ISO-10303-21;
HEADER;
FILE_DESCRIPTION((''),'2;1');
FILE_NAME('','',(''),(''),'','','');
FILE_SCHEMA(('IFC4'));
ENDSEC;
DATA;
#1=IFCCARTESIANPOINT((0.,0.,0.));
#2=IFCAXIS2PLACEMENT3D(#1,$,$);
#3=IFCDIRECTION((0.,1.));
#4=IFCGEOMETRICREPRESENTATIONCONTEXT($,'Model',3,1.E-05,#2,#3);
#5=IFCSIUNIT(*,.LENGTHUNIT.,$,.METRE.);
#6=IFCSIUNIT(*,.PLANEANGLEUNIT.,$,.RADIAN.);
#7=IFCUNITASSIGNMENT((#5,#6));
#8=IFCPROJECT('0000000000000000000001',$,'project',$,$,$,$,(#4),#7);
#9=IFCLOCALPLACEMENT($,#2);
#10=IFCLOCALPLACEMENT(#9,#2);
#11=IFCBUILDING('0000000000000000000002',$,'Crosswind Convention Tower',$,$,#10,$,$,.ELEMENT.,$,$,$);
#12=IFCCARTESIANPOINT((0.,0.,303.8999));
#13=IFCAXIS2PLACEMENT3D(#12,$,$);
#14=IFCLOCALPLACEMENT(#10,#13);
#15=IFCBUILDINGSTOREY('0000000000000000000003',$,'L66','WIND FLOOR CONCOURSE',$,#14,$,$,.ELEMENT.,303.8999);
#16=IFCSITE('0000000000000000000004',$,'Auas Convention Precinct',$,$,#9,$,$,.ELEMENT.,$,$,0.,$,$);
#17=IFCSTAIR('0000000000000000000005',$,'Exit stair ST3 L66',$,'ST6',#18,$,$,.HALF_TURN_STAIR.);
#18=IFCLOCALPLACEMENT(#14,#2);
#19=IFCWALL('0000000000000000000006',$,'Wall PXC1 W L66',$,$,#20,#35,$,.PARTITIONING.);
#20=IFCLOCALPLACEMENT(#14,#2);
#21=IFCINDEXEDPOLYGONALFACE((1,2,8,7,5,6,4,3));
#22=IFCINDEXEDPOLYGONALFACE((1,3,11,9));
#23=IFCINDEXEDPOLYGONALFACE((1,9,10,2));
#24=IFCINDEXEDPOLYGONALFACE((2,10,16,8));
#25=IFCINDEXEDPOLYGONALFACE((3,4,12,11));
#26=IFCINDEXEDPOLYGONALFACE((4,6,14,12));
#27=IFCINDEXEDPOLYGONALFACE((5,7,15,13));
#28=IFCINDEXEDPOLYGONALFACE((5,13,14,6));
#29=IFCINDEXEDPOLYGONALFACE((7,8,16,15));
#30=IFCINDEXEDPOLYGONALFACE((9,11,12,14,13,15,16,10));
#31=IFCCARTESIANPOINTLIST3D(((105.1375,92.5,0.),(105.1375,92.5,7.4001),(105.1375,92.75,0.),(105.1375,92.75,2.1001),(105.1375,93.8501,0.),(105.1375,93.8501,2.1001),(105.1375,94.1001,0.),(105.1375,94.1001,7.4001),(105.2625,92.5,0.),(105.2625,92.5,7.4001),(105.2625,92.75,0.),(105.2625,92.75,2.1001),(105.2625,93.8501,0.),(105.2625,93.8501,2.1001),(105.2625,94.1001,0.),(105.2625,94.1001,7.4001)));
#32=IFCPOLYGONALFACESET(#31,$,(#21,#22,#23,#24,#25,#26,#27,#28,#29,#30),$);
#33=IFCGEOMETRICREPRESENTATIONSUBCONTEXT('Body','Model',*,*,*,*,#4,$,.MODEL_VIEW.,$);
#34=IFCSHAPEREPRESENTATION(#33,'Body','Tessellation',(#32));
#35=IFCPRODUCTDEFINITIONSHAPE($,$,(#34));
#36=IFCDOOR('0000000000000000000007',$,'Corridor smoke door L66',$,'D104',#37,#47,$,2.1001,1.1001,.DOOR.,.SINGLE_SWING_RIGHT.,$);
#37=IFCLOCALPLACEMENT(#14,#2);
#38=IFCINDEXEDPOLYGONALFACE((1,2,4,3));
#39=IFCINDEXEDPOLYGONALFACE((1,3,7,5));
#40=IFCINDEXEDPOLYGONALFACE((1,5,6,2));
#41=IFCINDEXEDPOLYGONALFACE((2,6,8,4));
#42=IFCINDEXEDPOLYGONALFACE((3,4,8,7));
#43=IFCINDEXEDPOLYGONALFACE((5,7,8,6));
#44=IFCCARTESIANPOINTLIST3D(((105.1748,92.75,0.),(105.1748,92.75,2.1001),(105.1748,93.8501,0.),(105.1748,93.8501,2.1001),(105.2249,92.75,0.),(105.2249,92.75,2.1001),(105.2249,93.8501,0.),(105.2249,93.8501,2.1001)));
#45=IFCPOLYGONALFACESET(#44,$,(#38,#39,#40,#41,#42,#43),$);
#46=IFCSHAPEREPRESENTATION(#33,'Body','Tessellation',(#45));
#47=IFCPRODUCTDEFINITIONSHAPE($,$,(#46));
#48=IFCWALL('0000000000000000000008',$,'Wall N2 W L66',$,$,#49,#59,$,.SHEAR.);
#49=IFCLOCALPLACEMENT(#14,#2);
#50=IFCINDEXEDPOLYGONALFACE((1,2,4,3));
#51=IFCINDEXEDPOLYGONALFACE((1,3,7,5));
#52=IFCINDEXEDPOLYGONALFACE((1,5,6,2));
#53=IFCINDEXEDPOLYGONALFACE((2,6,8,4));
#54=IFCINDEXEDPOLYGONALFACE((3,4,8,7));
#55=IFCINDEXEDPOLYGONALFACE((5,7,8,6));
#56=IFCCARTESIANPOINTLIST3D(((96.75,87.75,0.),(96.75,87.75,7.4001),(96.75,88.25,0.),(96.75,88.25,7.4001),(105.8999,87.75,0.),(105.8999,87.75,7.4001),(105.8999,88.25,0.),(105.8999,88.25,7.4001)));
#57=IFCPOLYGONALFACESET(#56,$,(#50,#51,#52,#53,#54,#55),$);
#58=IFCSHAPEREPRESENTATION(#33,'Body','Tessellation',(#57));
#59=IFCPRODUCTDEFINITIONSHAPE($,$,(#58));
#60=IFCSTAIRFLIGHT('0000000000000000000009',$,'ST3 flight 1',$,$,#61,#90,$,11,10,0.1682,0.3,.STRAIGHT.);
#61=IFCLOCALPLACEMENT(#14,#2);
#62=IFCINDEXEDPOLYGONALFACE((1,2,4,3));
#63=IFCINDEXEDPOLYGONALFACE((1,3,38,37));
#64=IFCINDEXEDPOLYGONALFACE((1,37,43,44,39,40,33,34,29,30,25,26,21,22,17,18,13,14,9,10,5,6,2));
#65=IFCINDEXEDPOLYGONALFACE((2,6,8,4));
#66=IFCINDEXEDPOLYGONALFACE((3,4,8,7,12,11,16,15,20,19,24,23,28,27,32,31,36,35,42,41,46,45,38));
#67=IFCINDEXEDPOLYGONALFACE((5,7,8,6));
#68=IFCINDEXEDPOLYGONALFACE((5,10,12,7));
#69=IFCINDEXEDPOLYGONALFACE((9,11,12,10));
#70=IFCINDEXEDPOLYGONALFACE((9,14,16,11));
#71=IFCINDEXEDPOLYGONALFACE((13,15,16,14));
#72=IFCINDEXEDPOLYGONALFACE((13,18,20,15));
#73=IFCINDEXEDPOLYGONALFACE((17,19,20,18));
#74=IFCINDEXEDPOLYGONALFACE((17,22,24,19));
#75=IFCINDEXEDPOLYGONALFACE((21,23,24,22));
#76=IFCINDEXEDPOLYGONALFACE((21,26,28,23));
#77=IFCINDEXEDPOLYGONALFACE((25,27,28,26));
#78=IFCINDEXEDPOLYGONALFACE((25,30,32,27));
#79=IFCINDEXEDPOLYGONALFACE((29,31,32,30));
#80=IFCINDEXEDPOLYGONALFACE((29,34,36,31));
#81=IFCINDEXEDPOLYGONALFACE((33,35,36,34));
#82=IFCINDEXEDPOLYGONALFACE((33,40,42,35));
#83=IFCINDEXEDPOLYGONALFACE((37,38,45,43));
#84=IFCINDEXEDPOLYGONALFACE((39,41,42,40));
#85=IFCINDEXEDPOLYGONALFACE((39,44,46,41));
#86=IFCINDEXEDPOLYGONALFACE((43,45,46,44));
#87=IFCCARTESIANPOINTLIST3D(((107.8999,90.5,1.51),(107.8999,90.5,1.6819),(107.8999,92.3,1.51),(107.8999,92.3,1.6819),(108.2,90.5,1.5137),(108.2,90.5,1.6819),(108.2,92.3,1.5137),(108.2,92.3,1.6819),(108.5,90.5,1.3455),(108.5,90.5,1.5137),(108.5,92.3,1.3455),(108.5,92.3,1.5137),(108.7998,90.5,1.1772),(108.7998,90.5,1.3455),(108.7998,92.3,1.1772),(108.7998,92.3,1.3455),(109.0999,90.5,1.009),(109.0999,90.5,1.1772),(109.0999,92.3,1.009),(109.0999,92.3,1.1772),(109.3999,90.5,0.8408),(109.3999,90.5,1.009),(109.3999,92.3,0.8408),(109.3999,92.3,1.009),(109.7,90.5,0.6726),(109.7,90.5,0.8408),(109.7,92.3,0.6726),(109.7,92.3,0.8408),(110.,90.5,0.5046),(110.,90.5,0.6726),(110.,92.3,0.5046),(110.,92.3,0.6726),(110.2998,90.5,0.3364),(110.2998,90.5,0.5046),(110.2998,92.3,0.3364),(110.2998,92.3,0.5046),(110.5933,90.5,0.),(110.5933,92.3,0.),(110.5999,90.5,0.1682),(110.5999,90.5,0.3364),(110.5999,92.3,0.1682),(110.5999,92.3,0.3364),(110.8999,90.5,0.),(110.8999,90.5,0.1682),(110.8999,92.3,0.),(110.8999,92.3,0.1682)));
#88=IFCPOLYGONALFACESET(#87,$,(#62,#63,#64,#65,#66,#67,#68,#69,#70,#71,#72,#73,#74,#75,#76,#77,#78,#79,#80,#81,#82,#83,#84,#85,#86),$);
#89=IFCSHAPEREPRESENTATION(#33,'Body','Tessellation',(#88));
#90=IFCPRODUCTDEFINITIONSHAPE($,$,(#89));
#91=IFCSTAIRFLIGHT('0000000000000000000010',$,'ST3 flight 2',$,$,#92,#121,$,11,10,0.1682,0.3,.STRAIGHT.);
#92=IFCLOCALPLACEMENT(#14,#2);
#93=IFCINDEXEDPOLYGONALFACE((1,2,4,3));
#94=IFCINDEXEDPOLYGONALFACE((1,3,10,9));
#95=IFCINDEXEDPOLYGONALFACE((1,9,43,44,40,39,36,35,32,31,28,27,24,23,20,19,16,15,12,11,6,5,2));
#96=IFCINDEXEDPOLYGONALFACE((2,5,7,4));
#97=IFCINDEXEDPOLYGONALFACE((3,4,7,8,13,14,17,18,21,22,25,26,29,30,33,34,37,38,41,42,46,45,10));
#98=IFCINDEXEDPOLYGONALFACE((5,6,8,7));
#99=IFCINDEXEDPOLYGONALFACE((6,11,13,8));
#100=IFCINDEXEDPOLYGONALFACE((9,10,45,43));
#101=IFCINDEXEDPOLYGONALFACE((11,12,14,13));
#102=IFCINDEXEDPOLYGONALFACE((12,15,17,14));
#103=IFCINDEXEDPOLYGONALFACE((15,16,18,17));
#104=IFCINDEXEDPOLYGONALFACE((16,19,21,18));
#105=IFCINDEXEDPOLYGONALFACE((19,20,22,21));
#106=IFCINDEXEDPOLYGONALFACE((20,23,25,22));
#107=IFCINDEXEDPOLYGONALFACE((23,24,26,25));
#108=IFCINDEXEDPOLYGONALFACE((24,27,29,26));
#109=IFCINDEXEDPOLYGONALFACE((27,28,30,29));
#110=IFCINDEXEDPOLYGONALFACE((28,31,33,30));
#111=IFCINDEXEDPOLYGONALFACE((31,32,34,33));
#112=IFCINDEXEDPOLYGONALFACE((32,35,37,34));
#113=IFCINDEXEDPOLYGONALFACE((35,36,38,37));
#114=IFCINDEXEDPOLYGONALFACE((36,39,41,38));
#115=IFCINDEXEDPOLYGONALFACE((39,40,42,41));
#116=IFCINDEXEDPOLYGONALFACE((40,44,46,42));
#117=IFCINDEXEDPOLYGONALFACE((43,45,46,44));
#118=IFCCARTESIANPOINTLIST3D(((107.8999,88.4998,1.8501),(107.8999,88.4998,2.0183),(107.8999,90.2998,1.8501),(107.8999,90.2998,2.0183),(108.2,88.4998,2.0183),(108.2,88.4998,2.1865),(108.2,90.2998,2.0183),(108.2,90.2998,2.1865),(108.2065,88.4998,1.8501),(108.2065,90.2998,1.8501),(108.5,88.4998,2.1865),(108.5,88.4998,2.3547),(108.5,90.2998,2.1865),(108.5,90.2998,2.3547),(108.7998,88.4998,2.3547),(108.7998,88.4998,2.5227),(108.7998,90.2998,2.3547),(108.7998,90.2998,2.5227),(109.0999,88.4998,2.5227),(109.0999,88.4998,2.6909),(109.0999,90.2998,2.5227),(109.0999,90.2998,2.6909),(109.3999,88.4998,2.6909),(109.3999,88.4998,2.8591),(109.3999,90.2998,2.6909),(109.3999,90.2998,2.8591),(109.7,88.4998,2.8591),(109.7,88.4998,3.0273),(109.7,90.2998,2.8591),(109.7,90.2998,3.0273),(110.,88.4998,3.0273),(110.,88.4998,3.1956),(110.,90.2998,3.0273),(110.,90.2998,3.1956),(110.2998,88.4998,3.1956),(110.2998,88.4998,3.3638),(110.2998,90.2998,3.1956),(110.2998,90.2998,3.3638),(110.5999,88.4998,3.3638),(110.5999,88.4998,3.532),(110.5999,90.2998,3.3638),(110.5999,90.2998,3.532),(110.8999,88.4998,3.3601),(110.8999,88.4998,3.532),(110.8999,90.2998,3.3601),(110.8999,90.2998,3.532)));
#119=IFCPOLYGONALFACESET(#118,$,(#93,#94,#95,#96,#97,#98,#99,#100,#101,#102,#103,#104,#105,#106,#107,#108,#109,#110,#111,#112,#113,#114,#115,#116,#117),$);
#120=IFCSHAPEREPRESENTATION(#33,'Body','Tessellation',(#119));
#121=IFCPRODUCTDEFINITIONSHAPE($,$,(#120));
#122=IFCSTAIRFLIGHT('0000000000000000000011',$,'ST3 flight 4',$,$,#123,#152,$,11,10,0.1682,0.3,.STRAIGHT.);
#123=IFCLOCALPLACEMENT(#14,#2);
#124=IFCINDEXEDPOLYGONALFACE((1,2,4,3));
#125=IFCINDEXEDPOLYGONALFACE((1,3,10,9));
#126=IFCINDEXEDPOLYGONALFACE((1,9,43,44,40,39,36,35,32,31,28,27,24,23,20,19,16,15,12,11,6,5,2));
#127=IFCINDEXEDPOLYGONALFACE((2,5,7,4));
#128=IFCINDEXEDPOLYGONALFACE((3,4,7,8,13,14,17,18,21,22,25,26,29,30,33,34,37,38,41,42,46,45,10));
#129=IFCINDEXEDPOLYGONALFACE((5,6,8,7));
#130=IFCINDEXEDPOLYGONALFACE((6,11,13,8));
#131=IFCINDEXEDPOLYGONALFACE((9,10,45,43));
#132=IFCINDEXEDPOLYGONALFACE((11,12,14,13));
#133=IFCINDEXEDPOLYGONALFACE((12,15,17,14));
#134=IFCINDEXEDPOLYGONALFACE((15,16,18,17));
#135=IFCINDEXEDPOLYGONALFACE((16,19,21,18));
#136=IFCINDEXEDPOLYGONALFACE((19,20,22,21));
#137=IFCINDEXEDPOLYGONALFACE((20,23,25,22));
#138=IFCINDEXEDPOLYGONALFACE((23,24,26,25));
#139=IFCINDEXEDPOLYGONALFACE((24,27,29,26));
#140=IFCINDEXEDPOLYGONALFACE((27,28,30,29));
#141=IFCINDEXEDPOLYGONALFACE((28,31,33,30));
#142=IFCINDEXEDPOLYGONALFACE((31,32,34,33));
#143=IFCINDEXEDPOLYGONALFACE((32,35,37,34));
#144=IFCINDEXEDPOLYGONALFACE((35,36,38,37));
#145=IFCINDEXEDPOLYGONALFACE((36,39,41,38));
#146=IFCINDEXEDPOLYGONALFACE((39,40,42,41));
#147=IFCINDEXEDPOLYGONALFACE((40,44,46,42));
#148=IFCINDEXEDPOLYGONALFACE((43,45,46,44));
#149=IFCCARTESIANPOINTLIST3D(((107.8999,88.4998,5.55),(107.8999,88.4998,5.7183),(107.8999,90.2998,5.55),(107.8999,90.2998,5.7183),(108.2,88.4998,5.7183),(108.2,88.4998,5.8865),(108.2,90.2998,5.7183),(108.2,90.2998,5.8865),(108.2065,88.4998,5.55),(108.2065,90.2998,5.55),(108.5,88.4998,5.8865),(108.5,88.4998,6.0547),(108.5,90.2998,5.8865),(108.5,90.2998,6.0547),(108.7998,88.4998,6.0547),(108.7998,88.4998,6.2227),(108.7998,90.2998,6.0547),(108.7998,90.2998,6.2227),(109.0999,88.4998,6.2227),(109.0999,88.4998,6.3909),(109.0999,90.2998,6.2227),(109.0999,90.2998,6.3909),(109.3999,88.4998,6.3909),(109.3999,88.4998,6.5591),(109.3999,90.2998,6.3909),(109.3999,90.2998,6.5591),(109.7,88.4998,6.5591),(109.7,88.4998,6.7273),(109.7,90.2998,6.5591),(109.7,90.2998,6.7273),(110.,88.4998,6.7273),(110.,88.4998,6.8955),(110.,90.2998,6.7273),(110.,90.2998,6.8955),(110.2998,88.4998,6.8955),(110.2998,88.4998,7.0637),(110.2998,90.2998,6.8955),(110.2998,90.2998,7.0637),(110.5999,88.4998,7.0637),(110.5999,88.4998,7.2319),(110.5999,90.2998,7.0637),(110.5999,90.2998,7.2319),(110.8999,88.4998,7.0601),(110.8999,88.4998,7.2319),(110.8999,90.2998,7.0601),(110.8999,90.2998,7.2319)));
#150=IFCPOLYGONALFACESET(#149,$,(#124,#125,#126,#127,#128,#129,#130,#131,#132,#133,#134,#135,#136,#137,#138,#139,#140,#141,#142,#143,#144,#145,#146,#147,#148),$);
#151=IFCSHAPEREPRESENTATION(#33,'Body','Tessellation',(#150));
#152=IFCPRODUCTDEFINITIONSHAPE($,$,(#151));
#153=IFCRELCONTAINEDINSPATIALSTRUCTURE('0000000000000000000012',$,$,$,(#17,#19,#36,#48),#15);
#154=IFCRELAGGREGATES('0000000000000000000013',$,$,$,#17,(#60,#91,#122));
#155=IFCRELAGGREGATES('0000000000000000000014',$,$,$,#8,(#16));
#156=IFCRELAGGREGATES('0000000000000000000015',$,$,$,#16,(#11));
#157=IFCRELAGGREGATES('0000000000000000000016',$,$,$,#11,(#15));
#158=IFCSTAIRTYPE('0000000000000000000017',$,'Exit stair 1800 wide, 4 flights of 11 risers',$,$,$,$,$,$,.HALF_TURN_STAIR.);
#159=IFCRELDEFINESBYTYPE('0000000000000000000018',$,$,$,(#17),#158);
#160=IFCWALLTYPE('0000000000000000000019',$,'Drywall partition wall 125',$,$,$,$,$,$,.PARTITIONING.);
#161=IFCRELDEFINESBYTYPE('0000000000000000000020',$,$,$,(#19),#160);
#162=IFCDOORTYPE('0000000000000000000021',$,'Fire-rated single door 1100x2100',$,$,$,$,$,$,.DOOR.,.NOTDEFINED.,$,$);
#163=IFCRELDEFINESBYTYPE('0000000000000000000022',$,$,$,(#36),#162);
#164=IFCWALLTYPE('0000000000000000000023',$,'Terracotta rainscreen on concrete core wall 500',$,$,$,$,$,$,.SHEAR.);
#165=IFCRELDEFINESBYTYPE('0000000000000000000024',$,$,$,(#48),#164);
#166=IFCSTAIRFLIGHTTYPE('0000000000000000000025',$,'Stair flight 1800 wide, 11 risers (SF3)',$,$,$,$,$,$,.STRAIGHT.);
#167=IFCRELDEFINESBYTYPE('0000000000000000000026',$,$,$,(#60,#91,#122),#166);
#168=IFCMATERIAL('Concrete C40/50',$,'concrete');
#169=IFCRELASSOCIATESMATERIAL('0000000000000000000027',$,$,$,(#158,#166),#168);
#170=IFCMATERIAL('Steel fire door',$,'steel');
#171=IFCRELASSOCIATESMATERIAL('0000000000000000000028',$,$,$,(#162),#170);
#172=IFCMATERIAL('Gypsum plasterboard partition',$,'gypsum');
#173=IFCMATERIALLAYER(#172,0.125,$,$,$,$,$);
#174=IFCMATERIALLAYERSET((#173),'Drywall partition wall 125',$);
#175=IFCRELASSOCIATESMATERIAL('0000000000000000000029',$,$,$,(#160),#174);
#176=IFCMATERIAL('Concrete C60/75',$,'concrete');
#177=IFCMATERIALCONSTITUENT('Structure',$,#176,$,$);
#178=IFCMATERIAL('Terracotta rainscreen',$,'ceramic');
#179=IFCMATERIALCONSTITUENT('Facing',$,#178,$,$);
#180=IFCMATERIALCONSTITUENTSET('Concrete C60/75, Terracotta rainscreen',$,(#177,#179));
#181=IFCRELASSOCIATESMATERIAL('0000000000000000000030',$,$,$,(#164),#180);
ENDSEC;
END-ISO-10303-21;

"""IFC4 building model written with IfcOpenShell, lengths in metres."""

from ifc_helpers import new_model, si_unit, direction, frame, frame_2d, origin, place, context, subcontext, project, spatial, polyline, rectangle, outline, extrude, material, layer, layer_set, constituent, constituent_set, type_object, element, fill, aggregate, save


model = new_model("IFC4")

# Units and contexts
model_context = context("Model", 3, precision=1e-05, world=origin(), true_north=direction((0.0, 1.0)))
body_context = subcontext(model_context, "Body", "Model", "MODEL_VIEW")
ifc_project = project(units=[si_unit("LENGTHUNIT", "METRE"), si_unit("PLANEANGLEUNIT", "RADIAN")], contexts=[model_context])

# Site, building, storey
site_placement = place(None, origin())
site = spatial("IfcSite", under=ifc_project, at=site_placement, Name="Auas Convention Precinct", CompositionType="ELEMENT", RefElevation=0.0)
building_placement = place(site_placement, origin())
building = spatial("IfcBuilding", under=site, at=building_placement, Name="Crosswind Convention Tower", CompositionType="ELEMENT")
storey_placement = place(building_placement, frame((0.0, 0.0, 303.8999)))
storey = spatial("IfcBuildingStorey", under=building, at=storey_placement, Name="L66", Description="WIND FLOOR CONCOURSE", CompositionType="ELEMENT", Elevation=303.8999)

# Shared definitions
ifc_material_1 = material(Name="Concrete C40/50", Category="concrete")

# Stair
stair_type = type_object("IfcStairType", Name="Exit stair 1800 wide, 4 flights of 11 risers", PredefinedType="HALF_TURN_STAIR", material=ifc_material_1)
stair_1_placement = place(storey_placement, origin())
stair_1 = element("IfcStair", 1, at=stair_1_placement, inside=storey, type_object=stair_type, Name="Exit stair ST3 L66", ObjectType="ST6", PredefinedType="HALF_TURN_STAIR")

# Shared definitions
ifc_material_2 = material(Name="Steel fire door", Category="steel")
door_type_1 = type_object("IfcDoorType", Name="Fire-rated single door 1100x2100", OperationType="NOTDEFINED", PredefinedType="DOOR", material=ifc_material_2)

# Wall, opening, door
ifc_material_3 = material(Name="Gypsum plasterboard partition", Category="gypsum")
ifc_layer_1 = layer(ifc_material_3, 0.125)
ifc_layer_set_1 = layer_set([ifc_layer_1], Name="Drywall partition wall 125")
wall_type_1 = type_object("IfcWallType", Name="Drywall partition wall 125", PredefinedType="PARTITIONING", material=ifc_layer_set_1)
wall_1_placement = place(storey_placement, frame((105.2, 94.1001, 0.0), z_axis=(0.0, 0.0, 1.0), x_axis=(0.0, -1.0, 0.0)))
wall_1 = element("IfcWall", 2, at=wall_1_placement, inside=storey, type_object=wall_type_1, Name="Wall PXC1 W L66", PredefinedType="PARTITIONING", context=body_context, shape_type="SweptSolid", body=[
    extrude(rectangle(XDim=1.6001, YDim=0.125, at=frame_2d((0.8, 0.0))), origin(), (0.0, 0.0, 1.0), 7.4001),
])
opening_1_placement = place(wall_1_placement, frame((0.25, 0.0, 0.0)))
opening_1 = element("IfcOpeningElement", 3, at=opening_1_placement, cuts=wall_1, PredefinedType="OPENING", context=body_context, shape_type="SweptSolid", body=[
    extrude(rectangle(XDim=1.1001, YDim=2.1001, at=frame_2d((0.55, 1.05))), frame((0.0, 0.0725, 0.0), z_axis=(0.0, -1.0, 0.0), x_axis=(1.0, 0.0, 0.0)), (0.0, 0.0, 1.0), 0.145),
])
door_1_placement = place(opening_1_placement, origin())
door_1 = element("IfcDoor", 4, at=door_1_placement, inside=storey, type_object=door_type_1, Name="Corridor smoke door L66", ObjectType="D104", OperationType="SINGLE_SWING_RIGHT", OverallHeight=2.1001, OverallWidth=1.1001, PredefinedType="DOOR", context=body_context, shape_type="SweptSolid", body=[
    extrude(rectangle(XDim=1.1001, YDim=2.1001, at=frame_2d((0.55, 1.05))), frame((0.0, 0.0249, 0.0), z_axis=(0.0, -1.0, 0.0), x_axis=(1.0, 0.0, 0.0)), (0.0, 0.0, 1.0), 0.05),
])
fill(opening_1, door_1)

# Wall
ifc_material_4 = material(Name="Concrete C60/75", Category="concrete")
ifc_constituent_1 = constituent(ifc_material_4, Name="Structure")
ifc_material_5 = material(Name="Terracotta rainscreen", Category="ceramic")
ifc_constituent_2 = constituent(ifc_material_5, Name="Facing")
ifc_constituent_set = constituent_set(constituents=[ifc_constituent_1, ifc_constituent_2], Name="Concrete C60/75, Terracotta rainscreen")
wall_type_2 = type_object("IfcWallType", Name="Terracotta rainscreen on concrete core wall 500", PredefinedType="SHEAR", material=ifc_constituent_set)
wall_2_placement = place(storey_placement, frame((105.8999, 88.0, 0.0), z_axis=(0.0, 0.0, 1.0), x_axis=(-1.0, 0.0, 0.0)))
element("IfcWall", 5, at=wall_2_placement, inside=storey, type_object=wall_type_2, Name="Wall N2 W L66", PredefinedType="SHEAR", context=body_context, shape_type="SweptSolid", body=[
    extrude(rectangle(XDim=9.1499, YDim=0.5, at=frame_2d((4.575, 0.0))), origin(), (0.0, 0.0, 1.0), 7.4001),
])

# Stair flights
stair_flight_type = type_object("IfcStairFlightType", Name="Stair flight 1800 wide, 11 risers (SF3)", PredefinedType="STRAIGHT", material=ifc_material_1)
stair_flight_1_placement = place(storey_placement, frame((110.8999, 91.3999, 0.0), z_axis=(0.0, 0.0, 1.0), x_axis=(-1.0, 0.0, 0.0)))
stair_flight_1 = element("IfcStairFlight", 6, at=stair_flight_1_placement, type_object=stair_flight_type, Name="ST3 flight 1", NumberOfRisers=11, NumberOfTreads=10, PredefinedType="STRAIGHT", RiserHeight=0.1682, TreadLength=0.3, context=body_context, shape_type="SweptSolid", body=[
    extrude(outline(polyline([(0.0, 0.0), (0.0, 0.1682), (0.3, 0.1682), (0.3, 0.3364), (0.6001, 0.3364), (0.6001, 0.5046), (0.8999, 0.5046), (0.8999, 0.6726), (1.2, 0.6726), (1.2, 0.8408), (1.5, 0.8408), (1.5, 1.009), (1.8, 1.009), (1.8, 1.1772), (2.1001, 1.1772), (2.1001, 1.3455), (2.3999, 1.3455), (2.3999, 1.5137), (2.7, 1.5137), (2.7, 1.6819), (3.0, 1.6819), (3.0, 1.8501), (3.0, 1.51), (0.3066, 0.0), (0.0, 0.0)])), frame((0.0, 0.8999, 0.0), z_axis=(0.0, -1.0, 0.0), x_axis=(1.0, 0.0, 0.0)), (0.0, 0.0, 1.0), 1.8),
])
stair_flight_2_placement = place(storey_placement, frame((107.8999, 89.3999, 1.8501), z_axis=(0.0, 0.0, 1.0), x_axis=(1.0, 0.0, 0.0)))
stair_flight_2 = element("IfcStairFlight", 7, at=stair_flight_2_placement, type_object=stair_flight_type, Name="ST3 flight 2", NumberOfRisers=11, NumberOfTreads=10, PredefinedType="STRAIGHT", RiserHeight=0.1682, TreadLength=0.3, context=body_context, shape_type="SweptSolid", body=[
    extrude(outline(polyline([(0.0, 0.0), (0.0, 0.1682), (0.3, 0.1682), (0.3, 0.3364), (0.6001, 0.3364), (0.6001, 0.5046), (0.8999, 0.5046), (0.8999, 0.6726), (1.2, 0.6726), (1.2, 0.8408), (1.5, 0.8408), (1.5, 1.009), (1.8, 1.009), (1.8, 1.1772), (2.1001, 1.1772), (2.1001, 1.3455), (2.3999, 1.3455), (2.3999, 1.5137), (2.7, 1.5137), (2.7, 1.6819), (3.0, 1.6819), (3.0, 1.8501), (3.0, 1.51), (0.3066, 0.0), (0.0, 0.0)])), frame((0.0, 0.8999, 0.0), z_axis=(0.0, -1.0, 0.0), x_axis=(1.0, 0.0, 0.0)), (0.0, 0.0, 1.0), 1.8),
])
stair_flight_3_placement = place(storey_placement, frame((107.8999, 89.3999, 5.55), z_axis=(0.0, 0.0, 1.0), x_axis=(1.0, 0.0, 0.0)))
stair_flight_3 = element("IfcStairFlight", 8, at=stair_flight_3_placement, type_object=stair_flight_type, Name="ST3 flight 4", NumberOfRisers=11, NumberOfTreads=10, PredefinedType="STRAIGHT", RiserHeight=0.1682, TreadLength=0.3, context=body_context, shape_type="SweptSolid", body=[
    extrude(outline(polyline([(0.0, 0.0), (0.0, 0.1682), (0.3, 0.1682), (0.3, 0.3364), (0.6001, 0.3364), (0.6001, 0.5046), (0.8999, 0.5046), (0.8999, 0.6726), (1.2, 0.6726), (1.2, 0.8408), (1.5, 0.8408), (1.5, 1.009), (1.8, 1.009), (1.8, 1.1772), (2.1001, 1.1772), (2.1001, 1.3455), (2.3999, 1.3455), (2.3999, 1.5137), (2.7, 1.5137), (2.7, 1.6819), (3.0, 1.6819), (3.0, 1.8501), (3.0, 1.51), (0.3066, 0.0), (0.0, 0.0)])), frame((0.0, 0.8999, 0.0), z_axis=(0.0, -1.0, 0.0), x_axis=(1.0, 0.0, 0.0)), (0.0, 0.0, 1.0), 1.8),
])
aggregate(stair_1, [stair_flight_1, stair_flight_2, stair_flight_3])

save(model, "model.ifc")
